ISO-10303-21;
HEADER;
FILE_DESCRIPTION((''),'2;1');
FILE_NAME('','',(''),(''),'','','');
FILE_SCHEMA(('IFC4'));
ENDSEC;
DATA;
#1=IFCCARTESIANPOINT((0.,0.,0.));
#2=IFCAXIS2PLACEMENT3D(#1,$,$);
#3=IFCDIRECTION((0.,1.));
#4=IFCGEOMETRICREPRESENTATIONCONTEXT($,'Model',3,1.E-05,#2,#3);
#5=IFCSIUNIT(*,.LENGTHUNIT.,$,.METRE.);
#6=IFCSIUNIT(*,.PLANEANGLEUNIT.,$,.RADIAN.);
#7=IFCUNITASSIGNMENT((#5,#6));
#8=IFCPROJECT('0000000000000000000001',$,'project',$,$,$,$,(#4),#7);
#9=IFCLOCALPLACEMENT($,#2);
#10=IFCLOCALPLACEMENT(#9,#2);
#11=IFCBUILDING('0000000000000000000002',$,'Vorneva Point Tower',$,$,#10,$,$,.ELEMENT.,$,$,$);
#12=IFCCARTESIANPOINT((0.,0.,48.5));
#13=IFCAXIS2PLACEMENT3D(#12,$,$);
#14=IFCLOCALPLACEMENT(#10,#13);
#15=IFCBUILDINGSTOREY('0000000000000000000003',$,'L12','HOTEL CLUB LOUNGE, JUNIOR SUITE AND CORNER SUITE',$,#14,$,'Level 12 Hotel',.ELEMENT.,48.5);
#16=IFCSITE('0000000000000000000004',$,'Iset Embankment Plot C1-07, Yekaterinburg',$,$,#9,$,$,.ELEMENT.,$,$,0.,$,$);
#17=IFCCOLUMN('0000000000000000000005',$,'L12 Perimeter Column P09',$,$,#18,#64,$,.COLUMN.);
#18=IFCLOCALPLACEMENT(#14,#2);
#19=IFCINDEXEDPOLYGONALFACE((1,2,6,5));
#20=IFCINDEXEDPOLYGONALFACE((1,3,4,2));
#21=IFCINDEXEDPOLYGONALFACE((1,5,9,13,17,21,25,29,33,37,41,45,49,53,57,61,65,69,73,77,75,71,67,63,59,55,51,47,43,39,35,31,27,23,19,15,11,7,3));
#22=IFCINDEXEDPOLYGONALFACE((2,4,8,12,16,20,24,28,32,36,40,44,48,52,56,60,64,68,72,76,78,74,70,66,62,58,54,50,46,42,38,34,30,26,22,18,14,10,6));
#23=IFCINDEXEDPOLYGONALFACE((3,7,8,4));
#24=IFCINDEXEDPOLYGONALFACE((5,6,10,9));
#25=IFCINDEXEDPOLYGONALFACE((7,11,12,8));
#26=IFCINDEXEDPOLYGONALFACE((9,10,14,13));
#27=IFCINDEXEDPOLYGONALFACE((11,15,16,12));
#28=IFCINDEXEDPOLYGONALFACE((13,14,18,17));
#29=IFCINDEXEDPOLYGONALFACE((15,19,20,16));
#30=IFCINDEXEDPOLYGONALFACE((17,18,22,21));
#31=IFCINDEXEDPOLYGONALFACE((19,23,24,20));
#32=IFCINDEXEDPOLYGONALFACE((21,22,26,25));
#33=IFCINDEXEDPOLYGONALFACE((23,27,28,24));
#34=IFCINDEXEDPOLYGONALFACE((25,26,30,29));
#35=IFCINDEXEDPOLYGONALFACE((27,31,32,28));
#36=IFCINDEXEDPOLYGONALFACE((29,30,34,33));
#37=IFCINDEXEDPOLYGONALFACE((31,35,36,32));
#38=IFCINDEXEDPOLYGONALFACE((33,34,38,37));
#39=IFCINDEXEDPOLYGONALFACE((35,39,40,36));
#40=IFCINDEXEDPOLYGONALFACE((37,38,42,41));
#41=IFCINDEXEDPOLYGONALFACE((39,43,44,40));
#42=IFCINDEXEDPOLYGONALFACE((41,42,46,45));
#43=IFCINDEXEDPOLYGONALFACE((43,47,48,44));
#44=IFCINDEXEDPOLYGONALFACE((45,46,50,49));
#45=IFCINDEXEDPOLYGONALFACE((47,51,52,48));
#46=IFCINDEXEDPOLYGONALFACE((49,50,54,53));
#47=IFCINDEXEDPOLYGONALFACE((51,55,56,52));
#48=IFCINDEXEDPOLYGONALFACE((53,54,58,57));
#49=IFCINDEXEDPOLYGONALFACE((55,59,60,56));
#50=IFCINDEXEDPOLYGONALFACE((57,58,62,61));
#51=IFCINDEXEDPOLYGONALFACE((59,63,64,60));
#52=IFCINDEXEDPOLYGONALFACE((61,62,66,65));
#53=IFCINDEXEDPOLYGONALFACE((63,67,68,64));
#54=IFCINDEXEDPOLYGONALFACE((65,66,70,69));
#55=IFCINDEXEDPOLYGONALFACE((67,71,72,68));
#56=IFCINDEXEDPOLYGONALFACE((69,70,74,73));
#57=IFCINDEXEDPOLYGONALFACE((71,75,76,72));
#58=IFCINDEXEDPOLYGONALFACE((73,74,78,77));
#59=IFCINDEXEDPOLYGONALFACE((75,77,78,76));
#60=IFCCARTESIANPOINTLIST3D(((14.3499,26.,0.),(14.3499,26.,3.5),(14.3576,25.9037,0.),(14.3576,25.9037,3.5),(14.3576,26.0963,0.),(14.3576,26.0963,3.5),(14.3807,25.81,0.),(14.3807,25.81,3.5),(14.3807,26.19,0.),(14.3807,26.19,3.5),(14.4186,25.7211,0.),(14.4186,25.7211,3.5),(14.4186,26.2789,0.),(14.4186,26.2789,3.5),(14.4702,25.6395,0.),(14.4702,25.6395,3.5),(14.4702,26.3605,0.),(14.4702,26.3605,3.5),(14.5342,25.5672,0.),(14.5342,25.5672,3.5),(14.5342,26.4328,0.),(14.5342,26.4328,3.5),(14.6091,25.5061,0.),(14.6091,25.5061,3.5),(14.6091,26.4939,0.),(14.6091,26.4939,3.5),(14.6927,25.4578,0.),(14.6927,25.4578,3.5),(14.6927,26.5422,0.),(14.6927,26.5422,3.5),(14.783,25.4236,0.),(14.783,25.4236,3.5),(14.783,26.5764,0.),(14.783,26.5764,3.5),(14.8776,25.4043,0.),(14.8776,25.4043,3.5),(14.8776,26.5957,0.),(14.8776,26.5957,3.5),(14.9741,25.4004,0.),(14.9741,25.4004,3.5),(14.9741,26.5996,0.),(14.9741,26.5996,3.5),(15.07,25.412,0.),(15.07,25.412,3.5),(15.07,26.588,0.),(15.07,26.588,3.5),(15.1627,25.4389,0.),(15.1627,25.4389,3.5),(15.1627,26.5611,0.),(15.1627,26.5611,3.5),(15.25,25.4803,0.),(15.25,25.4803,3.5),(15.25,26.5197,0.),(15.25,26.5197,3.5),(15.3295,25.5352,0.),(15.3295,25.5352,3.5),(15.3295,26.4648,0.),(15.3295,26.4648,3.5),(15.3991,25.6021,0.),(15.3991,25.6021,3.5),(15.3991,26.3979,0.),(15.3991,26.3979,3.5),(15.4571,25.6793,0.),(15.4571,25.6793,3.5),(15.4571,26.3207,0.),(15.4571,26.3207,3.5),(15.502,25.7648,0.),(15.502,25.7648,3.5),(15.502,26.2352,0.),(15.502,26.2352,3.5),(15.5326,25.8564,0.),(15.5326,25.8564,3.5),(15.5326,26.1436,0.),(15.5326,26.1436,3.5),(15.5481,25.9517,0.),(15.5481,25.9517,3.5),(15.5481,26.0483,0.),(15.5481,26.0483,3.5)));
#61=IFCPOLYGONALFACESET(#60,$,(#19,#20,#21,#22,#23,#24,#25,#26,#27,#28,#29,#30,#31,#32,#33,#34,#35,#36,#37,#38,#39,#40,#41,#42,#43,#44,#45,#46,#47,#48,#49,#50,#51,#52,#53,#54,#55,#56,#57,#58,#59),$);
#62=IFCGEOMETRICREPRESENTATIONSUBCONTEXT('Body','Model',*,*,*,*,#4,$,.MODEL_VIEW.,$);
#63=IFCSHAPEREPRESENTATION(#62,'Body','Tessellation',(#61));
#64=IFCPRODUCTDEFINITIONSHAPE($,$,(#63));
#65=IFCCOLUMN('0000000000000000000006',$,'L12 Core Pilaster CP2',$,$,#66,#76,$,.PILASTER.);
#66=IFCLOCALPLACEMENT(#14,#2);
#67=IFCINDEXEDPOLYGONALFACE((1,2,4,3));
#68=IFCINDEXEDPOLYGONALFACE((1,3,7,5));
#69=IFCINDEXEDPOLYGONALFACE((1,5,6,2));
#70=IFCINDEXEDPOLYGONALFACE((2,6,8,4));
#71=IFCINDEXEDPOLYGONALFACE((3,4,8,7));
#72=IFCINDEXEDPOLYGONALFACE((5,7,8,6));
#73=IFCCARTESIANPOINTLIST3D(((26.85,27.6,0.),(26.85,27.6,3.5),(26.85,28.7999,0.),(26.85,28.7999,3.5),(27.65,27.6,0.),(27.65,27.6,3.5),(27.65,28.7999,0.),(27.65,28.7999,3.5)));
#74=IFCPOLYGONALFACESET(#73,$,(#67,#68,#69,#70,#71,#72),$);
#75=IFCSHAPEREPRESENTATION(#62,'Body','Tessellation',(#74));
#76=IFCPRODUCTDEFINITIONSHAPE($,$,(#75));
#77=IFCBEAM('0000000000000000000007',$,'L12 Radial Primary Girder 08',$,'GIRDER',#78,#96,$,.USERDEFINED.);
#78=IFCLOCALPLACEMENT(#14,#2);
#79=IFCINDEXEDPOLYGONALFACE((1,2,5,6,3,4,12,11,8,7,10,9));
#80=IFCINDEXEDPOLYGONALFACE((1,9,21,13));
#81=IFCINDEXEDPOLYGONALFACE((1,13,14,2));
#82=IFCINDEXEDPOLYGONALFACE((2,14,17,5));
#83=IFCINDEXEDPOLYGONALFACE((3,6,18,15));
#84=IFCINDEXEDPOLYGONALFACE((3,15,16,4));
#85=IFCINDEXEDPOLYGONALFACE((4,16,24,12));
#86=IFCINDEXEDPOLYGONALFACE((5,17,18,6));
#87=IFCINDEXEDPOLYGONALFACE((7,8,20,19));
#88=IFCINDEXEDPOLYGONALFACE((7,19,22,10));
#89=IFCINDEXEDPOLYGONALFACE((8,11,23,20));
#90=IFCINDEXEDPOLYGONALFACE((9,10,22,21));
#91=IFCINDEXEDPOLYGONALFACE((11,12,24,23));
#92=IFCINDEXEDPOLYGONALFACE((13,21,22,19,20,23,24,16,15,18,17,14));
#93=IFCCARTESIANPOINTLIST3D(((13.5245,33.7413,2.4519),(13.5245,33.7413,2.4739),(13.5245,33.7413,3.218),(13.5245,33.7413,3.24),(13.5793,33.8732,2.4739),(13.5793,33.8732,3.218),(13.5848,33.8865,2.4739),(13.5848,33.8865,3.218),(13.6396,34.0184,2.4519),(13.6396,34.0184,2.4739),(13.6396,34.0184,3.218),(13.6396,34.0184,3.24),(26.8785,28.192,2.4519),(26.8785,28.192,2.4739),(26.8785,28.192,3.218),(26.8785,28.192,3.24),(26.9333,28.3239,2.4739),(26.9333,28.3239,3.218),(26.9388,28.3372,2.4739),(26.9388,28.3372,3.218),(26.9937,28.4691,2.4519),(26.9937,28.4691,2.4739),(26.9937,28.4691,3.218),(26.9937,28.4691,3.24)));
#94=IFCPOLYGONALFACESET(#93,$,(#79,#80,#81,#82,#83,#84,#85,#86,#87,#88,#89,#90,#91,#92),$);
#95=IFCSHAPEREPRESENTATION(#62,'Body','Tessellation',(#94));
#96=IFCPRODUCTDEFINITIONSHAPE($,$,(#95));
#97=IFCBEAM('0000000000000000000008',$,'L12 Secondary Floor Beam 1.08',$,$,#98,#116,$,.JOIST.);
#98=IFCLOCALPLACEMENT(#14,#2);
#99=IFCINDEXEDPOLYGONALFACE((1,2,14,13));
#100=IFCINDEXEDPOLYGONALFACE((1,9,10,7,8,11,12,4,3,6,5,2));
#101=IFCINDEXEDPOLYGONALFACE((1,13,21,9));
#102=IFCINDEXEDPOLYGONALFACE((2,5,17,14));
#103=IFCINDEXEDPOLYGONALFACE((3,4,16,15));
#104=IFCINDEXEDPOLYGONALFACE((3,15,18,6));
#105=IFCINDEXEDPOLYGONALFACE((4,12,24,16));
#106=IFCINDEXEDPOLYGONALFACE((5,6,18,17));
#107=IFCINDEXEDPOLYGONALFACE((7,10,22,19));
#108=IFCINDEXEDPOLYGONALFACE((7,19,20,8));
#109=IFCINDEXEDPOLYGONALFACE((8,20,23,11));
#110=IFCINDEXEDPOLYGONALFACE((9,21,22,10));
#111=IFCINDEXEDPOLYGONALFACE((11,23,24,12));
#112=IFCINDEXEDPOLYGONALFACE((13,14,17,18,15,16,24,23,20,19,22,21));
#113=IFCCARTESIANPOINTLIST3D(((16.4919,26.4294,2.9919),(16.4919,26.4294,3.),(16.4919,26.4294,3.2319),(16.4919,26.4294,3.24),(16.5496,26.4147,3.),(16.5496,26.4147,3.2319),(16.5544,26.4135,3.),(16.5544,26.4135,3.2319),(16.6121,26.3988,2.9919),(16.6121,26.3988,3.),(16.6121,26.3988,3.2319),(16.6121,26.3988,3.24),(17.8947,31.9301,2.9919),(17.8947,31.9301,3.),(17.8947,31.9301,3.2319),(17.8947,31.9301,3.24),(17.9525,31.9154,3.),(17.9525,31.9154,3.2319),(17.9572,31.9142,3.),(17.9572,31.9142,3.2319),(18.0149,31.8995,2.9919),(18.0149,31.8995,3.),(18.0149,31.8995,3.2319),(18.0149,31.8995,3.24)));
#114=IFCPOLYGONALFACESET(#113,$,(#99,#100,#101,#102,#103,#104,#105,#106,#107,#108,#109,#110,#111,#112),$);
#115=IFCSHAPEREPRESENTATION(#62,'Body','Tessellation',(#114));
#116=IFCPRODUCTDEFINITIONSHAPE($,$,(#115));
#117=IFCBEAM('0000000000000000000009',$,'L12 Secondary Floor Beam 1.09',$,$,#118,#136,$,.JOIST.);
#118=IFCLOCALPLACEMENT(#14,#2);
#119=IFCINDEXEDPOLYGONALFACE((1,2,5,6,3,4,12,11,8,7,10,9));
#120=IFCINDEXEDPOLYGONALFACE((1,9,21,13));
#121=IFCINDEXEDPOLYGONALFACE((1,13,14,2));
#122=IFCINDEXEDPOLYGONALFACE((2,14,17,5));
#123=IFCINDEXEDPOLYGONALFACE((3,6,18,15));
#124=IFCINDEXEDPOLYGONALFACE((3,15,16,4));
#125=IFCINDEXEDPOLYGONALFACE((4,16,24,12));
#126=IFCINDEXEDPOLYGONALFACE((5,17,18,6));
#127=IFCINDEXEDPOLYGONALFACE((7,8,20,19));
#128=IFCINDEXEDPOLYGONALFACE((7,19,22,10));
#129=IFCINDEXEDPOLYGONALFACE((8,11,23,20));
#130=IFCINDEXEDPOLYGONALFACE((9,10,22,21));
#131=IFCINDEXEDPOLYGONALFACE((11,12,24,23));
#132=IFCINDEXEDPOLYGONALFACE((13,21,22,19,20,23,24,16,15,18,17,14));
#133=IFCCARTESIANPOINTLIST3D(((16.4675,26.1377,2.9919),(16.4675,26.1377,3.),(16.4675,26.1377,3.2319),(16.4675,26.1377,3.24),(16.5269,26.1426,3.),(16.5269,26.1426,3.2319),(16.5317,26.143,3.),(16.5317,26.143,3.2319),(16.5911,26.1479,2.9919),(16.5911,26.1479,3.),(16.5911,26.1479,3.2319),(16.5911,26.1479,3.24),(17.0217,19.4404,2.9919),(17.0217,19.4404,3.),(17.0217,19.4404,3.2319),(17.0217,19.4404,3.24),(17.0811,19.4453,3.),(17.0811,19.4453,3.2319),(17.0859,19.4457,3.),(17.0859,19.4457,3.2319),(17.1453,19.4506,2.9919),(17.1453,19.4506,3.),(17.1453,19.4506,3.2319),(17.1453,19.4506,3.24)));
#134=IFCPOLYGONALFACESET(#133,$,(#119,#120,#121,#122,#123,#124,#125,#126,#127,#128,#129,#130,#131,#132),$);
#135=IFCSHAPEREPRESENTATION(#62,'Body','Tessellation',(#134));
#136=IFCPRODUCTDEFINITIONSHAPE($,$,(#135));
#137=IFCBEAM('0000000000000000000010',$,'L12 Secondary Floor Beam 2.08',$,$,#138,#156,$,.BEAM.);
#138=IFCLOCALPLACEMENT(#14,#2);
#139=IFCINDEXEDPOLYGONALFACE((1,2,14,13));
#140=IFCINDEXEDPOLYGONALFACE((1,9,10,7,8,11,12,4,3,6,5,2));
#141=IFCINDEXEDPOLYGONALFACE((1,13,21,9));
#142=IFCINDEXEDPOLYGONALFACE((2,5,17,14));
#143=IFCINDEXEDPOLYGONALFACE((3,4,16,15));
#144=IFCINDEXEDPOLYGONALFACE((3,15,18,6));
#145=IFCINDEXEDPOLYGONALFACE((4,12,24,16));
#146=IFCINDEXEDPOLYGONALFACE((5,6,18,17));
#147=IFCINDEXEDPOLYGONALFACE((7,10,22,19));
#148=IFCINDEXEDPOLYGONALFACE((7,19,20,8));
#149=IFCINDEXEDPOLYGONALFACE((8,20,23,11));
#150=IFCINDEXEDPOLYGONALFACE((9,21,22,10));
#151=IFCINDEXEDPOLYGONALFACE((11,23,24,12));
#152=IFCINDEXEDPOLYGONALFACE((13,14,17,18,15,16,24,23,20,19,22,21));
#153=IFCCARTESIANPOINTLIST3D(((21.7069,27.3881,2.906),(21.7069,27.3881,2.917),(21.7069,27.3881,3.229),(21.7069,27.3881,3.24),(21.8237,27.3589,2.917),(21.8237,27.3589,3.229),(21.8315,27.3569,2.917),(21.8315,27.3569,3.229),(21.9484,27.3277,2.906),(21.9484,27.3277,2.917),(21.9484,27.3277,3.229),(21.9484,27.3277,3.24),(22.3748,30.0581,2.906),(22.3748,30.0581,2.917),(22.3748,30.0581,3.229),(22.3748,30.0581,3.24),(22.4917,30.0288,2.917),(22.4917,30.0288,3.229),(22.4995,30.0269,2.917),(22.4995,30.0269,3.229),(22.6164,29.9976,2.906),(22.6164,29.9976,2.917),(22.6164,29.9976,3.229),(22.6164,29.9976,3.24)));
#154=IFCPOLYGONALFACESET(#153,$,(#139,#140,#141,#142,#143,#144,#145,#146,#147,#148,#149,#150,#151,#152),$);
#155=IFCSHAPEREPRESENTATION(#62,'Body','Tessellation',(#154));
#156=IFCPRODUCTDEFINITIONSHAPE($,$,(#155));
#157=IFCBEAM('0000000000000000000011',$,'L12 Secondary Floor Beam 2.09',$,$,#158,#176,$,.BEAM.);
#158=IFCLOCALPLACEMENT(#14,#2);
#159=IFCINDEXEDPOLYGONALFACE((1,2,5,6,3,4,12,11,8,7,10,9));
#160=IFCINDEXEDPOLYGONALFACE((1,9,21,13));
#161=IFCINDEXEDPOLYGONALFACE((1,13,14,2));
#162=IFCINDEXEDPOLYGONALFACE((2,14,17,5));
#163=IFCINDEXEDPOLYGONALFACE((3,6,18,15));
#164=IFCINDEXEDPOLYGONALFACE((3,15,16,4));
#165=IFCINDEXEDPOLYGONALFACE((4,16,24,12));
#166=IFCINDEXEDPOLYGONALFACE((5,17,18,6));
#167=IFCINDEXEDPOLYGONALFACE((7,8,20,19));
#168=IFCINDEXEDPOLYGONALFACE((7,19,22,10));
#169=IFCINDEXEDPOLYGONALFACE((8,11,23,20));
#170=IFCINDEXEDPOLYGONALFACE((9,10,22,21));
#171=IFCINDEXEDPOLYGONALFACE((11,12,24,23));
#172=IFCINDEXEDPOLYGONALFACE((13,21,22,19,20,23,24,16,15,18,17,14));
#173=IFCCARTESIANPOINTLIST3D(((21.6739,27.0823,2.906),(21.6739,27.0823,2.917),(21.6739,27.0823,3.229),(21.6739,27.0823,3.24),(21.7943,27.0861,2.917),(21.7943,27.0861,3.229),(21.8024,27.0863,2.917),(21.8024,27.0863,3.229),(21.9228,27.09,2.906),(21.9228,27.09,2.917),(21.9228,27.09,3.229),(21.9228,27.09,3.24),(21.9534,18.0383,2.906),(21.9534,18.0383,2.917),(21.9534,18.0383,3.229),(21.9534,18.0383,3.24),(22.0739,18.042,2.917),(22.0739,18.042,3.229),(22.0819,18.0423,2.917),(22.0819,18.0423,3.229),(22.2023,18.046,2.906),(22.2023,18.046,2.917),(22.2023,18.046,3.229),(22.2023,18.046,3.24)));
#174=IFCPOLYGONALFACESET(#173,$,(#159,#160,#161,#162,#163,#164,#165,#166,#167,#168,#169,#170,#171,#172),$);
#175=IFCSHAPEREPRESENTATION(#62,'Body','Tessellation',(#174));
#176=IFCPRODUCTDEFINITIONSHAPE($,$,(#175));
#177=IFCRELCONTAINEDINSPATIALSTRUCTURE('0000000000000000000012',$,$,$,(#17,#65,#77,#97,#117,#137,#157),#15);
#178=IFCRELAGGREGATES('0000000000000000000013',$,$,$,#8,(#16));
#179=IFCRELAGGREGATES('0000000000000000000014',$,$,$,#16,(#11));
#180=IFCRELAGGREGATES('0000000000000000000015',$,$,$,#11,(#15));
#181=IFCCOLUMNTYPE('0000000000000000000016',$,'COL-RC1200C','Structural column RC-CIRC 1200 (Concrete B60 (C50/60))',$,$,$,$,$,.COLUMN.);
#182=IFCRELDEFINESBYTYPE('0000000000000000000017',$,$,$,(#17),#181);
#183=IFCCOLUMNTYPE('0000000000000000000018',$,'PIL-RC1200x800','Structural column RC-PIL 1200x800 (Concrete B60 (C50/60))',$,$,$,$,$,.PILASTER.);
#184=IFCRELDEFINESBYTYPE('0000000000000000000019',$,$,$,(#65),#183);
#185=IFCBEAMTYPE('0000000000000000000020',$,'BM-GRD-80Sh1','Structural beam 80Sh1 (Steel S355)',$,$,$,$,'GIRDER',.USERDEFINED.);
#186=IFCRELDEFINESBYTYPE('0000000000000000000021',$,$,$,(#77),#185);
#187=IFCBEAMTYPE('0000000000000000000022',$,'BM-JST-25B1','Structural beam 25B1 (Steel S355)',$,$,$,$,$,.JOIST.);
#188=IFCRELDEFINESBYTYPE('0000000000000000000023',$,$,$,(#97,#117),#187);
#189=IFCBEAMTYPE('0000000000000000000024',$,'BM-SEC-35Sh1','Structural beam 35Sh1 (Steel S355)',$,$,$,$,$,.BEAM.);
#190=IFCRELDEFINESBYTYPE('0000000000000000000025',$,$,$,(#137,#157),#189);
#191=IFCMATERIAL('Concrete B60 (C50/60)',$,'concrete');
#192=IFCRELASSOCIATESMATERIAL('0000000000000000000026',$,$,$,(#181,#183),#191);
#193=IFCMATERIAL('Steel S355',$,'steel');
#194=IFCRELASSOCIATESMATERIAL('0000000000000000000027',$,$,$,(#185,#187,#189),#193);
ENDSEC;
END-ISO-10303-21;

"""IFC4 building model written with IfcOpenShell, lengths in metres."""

from ifc_helpers import new_model, si_unit, direction, frame, origin, origin_2d, place, context, subcontext, project, spatial, rectangle, circle, i_section, extrude, material, material_profile, profile_set, type_object, element, save


model = new_model("IFC4")

# Units and contexts
model_context = context("Model", 3, precision=1e-05, world=origin(), true_north=direction((0.0, 1.0)))
body_context = subcontext(model_context, "Body", "Model", "MODEL_VIEW")
ifc_project = project(units=[si_unit("LENGTHUNIT", "METRE"), si_unit("PLANEANGLEUNIT", "RADIAN")], contexts=[model_context])

# Site, building, storey
site_placement = place(None, origin())
site = spatial("IfcSite", under=ifc_project, at=site_placement, Name="Iset Embankment Plot C1-07, Yekaterinburg", CompositionType="ELEMENT", RefElevation=0.0)
building_placement = place(site_placement, origin())
building = spatial("IfcBuilding", under=site, at=building_placement, Name="Vorneva Point Tower", CompositionType="ELEMENT")
storey_placement = place(building_placement, frame((0.0, 0.0, 48.5)))
storey = spatial("IfcBuildingStorey", under=building, at=storey_placement, Name="L12", Description="HOTEL CLUB LOUNGE, JUNIOR SUITE AND CORNER SUITE", LongName="Level 12 Hotel", CompositionType="ELEMENT", Elevation=48.5)

# Columns
ifc_material_1 = material(Name="Concrete B60 (C50/60)", Category="concrete")
ifc_material_profile_1 = material_profile(ifc_material_1, circle(Radius=0.6001, at=origin_2d()), Name="RC-CIRC 1200")
ifc_profile_set_1 = profile_set([ifc_material_profile_1], Name="Concrete B60 (C50/60)")
column_type_1 = type_object("IfcColumnType", Name="COL-RC1200C", Description="Structural column RC-CIRC 1200 (Concrete B60 (C50/60))", PredefinedType="COLUMN", material=ifc_profile_set_1)
for number, where, z_axis, x_axis, name in (
    (1, (14.95, 26.0, 0.0), (0.0, 0.0, 1.0), (-1.0, 0.0, 0.0), "L12 Perimeter Column P09"),
):
    element("IfcColumn", number, at=place(storey_placement, frame(where, z_axis=z_axis, x_axis=x_axis)), inside=storey, type_object=column_type_1, Name=name, PredefinedType="COLUMN", context=body_context, shape_type="SweptSolid", body=[
        extrude(circle(Radius=0.6001, at=origin_2d()), origin(), (0.0, 0.0, 1.0), 3.5),
    ])
ifc_material_profile_2 = material_profile(ifc_material_1, rectangle(XDim=0.8, YDim=1.2, at=origin_2d()), Name="RC-PIL 1200x800")
ifc_profile_set_2 = profile_set([ifc_material_profile_2], Name="Concrete B60 (C50/60)")
column_type_2 = type_object("IfcColumnType", Name="PIL-RC1200x800", Description="Structural column RC-PIL 1200x800 (Concrete B60 (C50/60))", PredefinedType="PILASTER", material=ifc_profile_set_2)
column_placement = place(storey_placement, frame((27.25, 28.2, 0.0), z_axis=(0.0, 0.0, 1.0), x_axis=(1.0, 0.0, 0.0)))
element("IfcColumn", 2, at=column_placement, inside=storey, type_object=column_type_2, Name="L12 Core Pilaster CP2", PredefinedType="PILASTER", context=body_context, shape_type="SweptSolid", body=[
    extrude(rectangle(XDim=0.8, YDim=1.2, at=origin_2d()), origin(), (0.0, 0.0, 1.0), 3.5),
])

# Beams
ifc_material_2 = material(Name="Steel S355", Category="steel")
ifc_material_profile_3 = material_profile(ifc_material_2, i_section(OverallWidth=0.3, OverallDepth=0.7881, WebThickness=0.0144, FlangeThickness=0.022, at=origin_2d()), Name="80Sh1")
ifc_profile_set_3 = profile_set([ifc_material_profile_3], Name="Steel S355")
beam_type_1 = type_object("IfcBeamType", Name="BM-GRD-80Sh1", Description="Structural beam 80Sh1 (Steel S355)", ElementType="GIRDER", PredefinedType="USERDEFINED", material=ifc_profile_set_3)
beam_1_placement = place(storey_placement, frame((13.582, 33.8799, 2.8459), z_axis=(0.923441, -0.38374, 0.0), x_axis=(0.38374, 0.923441, 0.0)))
element("IfcBeam", 3, at=beam_1_placement, inside=storey, type_object=beam_type_1, Name="L12 Radial Primary Girder 08", ObjectType="GIRDER", PredefinedType="USERDEFINED", context=body_context, shape_type="SweptSolid", body=[
    extrude(i_section(OverallWidth=0.3, OverallDepth=0.7881, WebThickness=0.0144, FlangeThickness=0.022, at=origin_2d()), origin(), (0.0, 0.0, 1.0), 14.4612),
])
ifc_material_profile_4 = material_profile(ifc_material_2, i_section(OverallWidth=0.124, OverallDepth=0.248, WebThickness=0.0049, FlangeThickness=0.0081, at=origin_2d()), Name="25B1")
ifc_profile_set_4 = profile_set([ifc_material_profile_4], Name="Steel S355")
beam_type_2 = type_object("IfcBeamType", Name="BM-JST-25B1", Description="Structural beam 25B1 (Steel S355)", PredefinedType="JOIST", material=ifc_profile_set_4)
beam_2_placement = place(storey_placement, frame((17.9548, 31.9148, 3.116), z_axis=(-0.247117, -0.968986, 0.0), x_axis=(0.968986, -0.247117, 0.0)))
element("IfcBeam", 4, at=beam_2_placement, inside=storey, type_object=beam_type_2, Name="L12 Secondary Floor Beam 1.08", PredefinedType="JOIST", context=body_context, shape_type="SweptSolid", body=[
    extrude(i_section(OverallWidth=0.124, OverallDepth=0.248, WebThickness=0.0049, FlangeThickness=0.0081, at=origin_2d()), origin(), (0.0, 0.0, 1.0), 5.6768),
])
beam_3_placement = place(storey_placement, frame((16.5293, 26.1428, 3.116), z_axis=(0.082468, -0.996594, 0.0), x_axis=(0.996594, 0.082468, 0.0)))
element("IfcBeam", 5, at=beam_3_placement, inside=storey, type_object=beam_type_2, Name="L12 Secondary Floor Beam 1.09", PredefinedType="JOIST", context=body_context, shape_type="SweptSolid", body=[
    extrude(i_section(OverallWidth=0.124, OverallDepth=0.248, WebThickness=0.0049, FlangeThickness=0.0081, at=origin_2d()), origin(), (0.0, 0.0, 1.0), 6.7202),
])
ifc_material_profile_5 = material_profile(ifc_material_2, i_section(OverallWidth=0.249, OverallDepth=0.334, WebThickness=0.0081, FlangeThickness=0.011, at=origin_2d()), Name="35Sh1")
ifc_profile_set_5 = profile_set([ifc_material_profile_5], Name="Steel S355")
beam_type_3 = type_object("IfcBeamType", Name="BM-SEC-35Sh1", Description="Structural beam 35Sh1 (Steel S355)", PredefinedType="BEAM", material=ifc_profile_set_5)
beam_4_placement = place(storey_placement, frame((22.4956, 30.0278, 3.073), z_axis=(-0.242703, -0.970101, 0.0), x_axis=(0.970101, -0.242703, 0.0)))
element("IfcBeam", 6, at=beam_4_placement, inside=storey, type_object=beam_type_3, Name="L12 Secondary Floor Beam 2.08", PredefinedType="BEAM", context=body_context, shape_type="SweptSolid", body=[
    extrude(i_section(OverallWidth=0.249, OverallDepth=0.334, WebThickness=0.0081, FlangeThickness=0.011, at=origin_2d()), origin(), (0.0, 0.0, 1.0), 2.7522),
])
beam_5_placement = place(storey_placement, frame((21.7983, 27.0862, 3.073), z_axis=(0.030894, -0.999523, 0.0), x_axis=(0.999523, 0.030894, 0.0)))
element("IfcBeam", 7, at=beam_5_placement, inside=storey, type_object=beam_type_3, Name="L12 Secondary Floor Beam 2.09", PredefinedType="BEAM", context=body_context, shape_type="SweptSolid", body=[
    extrude(i_section(OverallWidth=0.249, OverallDepth=0.334, WebThickness=0.0081, FlangeThickness=0.011, at=origin_2d()), origin(), (0.0, 0.0, 1.0), 9.0483),
])

save(model, "model.ifc")
